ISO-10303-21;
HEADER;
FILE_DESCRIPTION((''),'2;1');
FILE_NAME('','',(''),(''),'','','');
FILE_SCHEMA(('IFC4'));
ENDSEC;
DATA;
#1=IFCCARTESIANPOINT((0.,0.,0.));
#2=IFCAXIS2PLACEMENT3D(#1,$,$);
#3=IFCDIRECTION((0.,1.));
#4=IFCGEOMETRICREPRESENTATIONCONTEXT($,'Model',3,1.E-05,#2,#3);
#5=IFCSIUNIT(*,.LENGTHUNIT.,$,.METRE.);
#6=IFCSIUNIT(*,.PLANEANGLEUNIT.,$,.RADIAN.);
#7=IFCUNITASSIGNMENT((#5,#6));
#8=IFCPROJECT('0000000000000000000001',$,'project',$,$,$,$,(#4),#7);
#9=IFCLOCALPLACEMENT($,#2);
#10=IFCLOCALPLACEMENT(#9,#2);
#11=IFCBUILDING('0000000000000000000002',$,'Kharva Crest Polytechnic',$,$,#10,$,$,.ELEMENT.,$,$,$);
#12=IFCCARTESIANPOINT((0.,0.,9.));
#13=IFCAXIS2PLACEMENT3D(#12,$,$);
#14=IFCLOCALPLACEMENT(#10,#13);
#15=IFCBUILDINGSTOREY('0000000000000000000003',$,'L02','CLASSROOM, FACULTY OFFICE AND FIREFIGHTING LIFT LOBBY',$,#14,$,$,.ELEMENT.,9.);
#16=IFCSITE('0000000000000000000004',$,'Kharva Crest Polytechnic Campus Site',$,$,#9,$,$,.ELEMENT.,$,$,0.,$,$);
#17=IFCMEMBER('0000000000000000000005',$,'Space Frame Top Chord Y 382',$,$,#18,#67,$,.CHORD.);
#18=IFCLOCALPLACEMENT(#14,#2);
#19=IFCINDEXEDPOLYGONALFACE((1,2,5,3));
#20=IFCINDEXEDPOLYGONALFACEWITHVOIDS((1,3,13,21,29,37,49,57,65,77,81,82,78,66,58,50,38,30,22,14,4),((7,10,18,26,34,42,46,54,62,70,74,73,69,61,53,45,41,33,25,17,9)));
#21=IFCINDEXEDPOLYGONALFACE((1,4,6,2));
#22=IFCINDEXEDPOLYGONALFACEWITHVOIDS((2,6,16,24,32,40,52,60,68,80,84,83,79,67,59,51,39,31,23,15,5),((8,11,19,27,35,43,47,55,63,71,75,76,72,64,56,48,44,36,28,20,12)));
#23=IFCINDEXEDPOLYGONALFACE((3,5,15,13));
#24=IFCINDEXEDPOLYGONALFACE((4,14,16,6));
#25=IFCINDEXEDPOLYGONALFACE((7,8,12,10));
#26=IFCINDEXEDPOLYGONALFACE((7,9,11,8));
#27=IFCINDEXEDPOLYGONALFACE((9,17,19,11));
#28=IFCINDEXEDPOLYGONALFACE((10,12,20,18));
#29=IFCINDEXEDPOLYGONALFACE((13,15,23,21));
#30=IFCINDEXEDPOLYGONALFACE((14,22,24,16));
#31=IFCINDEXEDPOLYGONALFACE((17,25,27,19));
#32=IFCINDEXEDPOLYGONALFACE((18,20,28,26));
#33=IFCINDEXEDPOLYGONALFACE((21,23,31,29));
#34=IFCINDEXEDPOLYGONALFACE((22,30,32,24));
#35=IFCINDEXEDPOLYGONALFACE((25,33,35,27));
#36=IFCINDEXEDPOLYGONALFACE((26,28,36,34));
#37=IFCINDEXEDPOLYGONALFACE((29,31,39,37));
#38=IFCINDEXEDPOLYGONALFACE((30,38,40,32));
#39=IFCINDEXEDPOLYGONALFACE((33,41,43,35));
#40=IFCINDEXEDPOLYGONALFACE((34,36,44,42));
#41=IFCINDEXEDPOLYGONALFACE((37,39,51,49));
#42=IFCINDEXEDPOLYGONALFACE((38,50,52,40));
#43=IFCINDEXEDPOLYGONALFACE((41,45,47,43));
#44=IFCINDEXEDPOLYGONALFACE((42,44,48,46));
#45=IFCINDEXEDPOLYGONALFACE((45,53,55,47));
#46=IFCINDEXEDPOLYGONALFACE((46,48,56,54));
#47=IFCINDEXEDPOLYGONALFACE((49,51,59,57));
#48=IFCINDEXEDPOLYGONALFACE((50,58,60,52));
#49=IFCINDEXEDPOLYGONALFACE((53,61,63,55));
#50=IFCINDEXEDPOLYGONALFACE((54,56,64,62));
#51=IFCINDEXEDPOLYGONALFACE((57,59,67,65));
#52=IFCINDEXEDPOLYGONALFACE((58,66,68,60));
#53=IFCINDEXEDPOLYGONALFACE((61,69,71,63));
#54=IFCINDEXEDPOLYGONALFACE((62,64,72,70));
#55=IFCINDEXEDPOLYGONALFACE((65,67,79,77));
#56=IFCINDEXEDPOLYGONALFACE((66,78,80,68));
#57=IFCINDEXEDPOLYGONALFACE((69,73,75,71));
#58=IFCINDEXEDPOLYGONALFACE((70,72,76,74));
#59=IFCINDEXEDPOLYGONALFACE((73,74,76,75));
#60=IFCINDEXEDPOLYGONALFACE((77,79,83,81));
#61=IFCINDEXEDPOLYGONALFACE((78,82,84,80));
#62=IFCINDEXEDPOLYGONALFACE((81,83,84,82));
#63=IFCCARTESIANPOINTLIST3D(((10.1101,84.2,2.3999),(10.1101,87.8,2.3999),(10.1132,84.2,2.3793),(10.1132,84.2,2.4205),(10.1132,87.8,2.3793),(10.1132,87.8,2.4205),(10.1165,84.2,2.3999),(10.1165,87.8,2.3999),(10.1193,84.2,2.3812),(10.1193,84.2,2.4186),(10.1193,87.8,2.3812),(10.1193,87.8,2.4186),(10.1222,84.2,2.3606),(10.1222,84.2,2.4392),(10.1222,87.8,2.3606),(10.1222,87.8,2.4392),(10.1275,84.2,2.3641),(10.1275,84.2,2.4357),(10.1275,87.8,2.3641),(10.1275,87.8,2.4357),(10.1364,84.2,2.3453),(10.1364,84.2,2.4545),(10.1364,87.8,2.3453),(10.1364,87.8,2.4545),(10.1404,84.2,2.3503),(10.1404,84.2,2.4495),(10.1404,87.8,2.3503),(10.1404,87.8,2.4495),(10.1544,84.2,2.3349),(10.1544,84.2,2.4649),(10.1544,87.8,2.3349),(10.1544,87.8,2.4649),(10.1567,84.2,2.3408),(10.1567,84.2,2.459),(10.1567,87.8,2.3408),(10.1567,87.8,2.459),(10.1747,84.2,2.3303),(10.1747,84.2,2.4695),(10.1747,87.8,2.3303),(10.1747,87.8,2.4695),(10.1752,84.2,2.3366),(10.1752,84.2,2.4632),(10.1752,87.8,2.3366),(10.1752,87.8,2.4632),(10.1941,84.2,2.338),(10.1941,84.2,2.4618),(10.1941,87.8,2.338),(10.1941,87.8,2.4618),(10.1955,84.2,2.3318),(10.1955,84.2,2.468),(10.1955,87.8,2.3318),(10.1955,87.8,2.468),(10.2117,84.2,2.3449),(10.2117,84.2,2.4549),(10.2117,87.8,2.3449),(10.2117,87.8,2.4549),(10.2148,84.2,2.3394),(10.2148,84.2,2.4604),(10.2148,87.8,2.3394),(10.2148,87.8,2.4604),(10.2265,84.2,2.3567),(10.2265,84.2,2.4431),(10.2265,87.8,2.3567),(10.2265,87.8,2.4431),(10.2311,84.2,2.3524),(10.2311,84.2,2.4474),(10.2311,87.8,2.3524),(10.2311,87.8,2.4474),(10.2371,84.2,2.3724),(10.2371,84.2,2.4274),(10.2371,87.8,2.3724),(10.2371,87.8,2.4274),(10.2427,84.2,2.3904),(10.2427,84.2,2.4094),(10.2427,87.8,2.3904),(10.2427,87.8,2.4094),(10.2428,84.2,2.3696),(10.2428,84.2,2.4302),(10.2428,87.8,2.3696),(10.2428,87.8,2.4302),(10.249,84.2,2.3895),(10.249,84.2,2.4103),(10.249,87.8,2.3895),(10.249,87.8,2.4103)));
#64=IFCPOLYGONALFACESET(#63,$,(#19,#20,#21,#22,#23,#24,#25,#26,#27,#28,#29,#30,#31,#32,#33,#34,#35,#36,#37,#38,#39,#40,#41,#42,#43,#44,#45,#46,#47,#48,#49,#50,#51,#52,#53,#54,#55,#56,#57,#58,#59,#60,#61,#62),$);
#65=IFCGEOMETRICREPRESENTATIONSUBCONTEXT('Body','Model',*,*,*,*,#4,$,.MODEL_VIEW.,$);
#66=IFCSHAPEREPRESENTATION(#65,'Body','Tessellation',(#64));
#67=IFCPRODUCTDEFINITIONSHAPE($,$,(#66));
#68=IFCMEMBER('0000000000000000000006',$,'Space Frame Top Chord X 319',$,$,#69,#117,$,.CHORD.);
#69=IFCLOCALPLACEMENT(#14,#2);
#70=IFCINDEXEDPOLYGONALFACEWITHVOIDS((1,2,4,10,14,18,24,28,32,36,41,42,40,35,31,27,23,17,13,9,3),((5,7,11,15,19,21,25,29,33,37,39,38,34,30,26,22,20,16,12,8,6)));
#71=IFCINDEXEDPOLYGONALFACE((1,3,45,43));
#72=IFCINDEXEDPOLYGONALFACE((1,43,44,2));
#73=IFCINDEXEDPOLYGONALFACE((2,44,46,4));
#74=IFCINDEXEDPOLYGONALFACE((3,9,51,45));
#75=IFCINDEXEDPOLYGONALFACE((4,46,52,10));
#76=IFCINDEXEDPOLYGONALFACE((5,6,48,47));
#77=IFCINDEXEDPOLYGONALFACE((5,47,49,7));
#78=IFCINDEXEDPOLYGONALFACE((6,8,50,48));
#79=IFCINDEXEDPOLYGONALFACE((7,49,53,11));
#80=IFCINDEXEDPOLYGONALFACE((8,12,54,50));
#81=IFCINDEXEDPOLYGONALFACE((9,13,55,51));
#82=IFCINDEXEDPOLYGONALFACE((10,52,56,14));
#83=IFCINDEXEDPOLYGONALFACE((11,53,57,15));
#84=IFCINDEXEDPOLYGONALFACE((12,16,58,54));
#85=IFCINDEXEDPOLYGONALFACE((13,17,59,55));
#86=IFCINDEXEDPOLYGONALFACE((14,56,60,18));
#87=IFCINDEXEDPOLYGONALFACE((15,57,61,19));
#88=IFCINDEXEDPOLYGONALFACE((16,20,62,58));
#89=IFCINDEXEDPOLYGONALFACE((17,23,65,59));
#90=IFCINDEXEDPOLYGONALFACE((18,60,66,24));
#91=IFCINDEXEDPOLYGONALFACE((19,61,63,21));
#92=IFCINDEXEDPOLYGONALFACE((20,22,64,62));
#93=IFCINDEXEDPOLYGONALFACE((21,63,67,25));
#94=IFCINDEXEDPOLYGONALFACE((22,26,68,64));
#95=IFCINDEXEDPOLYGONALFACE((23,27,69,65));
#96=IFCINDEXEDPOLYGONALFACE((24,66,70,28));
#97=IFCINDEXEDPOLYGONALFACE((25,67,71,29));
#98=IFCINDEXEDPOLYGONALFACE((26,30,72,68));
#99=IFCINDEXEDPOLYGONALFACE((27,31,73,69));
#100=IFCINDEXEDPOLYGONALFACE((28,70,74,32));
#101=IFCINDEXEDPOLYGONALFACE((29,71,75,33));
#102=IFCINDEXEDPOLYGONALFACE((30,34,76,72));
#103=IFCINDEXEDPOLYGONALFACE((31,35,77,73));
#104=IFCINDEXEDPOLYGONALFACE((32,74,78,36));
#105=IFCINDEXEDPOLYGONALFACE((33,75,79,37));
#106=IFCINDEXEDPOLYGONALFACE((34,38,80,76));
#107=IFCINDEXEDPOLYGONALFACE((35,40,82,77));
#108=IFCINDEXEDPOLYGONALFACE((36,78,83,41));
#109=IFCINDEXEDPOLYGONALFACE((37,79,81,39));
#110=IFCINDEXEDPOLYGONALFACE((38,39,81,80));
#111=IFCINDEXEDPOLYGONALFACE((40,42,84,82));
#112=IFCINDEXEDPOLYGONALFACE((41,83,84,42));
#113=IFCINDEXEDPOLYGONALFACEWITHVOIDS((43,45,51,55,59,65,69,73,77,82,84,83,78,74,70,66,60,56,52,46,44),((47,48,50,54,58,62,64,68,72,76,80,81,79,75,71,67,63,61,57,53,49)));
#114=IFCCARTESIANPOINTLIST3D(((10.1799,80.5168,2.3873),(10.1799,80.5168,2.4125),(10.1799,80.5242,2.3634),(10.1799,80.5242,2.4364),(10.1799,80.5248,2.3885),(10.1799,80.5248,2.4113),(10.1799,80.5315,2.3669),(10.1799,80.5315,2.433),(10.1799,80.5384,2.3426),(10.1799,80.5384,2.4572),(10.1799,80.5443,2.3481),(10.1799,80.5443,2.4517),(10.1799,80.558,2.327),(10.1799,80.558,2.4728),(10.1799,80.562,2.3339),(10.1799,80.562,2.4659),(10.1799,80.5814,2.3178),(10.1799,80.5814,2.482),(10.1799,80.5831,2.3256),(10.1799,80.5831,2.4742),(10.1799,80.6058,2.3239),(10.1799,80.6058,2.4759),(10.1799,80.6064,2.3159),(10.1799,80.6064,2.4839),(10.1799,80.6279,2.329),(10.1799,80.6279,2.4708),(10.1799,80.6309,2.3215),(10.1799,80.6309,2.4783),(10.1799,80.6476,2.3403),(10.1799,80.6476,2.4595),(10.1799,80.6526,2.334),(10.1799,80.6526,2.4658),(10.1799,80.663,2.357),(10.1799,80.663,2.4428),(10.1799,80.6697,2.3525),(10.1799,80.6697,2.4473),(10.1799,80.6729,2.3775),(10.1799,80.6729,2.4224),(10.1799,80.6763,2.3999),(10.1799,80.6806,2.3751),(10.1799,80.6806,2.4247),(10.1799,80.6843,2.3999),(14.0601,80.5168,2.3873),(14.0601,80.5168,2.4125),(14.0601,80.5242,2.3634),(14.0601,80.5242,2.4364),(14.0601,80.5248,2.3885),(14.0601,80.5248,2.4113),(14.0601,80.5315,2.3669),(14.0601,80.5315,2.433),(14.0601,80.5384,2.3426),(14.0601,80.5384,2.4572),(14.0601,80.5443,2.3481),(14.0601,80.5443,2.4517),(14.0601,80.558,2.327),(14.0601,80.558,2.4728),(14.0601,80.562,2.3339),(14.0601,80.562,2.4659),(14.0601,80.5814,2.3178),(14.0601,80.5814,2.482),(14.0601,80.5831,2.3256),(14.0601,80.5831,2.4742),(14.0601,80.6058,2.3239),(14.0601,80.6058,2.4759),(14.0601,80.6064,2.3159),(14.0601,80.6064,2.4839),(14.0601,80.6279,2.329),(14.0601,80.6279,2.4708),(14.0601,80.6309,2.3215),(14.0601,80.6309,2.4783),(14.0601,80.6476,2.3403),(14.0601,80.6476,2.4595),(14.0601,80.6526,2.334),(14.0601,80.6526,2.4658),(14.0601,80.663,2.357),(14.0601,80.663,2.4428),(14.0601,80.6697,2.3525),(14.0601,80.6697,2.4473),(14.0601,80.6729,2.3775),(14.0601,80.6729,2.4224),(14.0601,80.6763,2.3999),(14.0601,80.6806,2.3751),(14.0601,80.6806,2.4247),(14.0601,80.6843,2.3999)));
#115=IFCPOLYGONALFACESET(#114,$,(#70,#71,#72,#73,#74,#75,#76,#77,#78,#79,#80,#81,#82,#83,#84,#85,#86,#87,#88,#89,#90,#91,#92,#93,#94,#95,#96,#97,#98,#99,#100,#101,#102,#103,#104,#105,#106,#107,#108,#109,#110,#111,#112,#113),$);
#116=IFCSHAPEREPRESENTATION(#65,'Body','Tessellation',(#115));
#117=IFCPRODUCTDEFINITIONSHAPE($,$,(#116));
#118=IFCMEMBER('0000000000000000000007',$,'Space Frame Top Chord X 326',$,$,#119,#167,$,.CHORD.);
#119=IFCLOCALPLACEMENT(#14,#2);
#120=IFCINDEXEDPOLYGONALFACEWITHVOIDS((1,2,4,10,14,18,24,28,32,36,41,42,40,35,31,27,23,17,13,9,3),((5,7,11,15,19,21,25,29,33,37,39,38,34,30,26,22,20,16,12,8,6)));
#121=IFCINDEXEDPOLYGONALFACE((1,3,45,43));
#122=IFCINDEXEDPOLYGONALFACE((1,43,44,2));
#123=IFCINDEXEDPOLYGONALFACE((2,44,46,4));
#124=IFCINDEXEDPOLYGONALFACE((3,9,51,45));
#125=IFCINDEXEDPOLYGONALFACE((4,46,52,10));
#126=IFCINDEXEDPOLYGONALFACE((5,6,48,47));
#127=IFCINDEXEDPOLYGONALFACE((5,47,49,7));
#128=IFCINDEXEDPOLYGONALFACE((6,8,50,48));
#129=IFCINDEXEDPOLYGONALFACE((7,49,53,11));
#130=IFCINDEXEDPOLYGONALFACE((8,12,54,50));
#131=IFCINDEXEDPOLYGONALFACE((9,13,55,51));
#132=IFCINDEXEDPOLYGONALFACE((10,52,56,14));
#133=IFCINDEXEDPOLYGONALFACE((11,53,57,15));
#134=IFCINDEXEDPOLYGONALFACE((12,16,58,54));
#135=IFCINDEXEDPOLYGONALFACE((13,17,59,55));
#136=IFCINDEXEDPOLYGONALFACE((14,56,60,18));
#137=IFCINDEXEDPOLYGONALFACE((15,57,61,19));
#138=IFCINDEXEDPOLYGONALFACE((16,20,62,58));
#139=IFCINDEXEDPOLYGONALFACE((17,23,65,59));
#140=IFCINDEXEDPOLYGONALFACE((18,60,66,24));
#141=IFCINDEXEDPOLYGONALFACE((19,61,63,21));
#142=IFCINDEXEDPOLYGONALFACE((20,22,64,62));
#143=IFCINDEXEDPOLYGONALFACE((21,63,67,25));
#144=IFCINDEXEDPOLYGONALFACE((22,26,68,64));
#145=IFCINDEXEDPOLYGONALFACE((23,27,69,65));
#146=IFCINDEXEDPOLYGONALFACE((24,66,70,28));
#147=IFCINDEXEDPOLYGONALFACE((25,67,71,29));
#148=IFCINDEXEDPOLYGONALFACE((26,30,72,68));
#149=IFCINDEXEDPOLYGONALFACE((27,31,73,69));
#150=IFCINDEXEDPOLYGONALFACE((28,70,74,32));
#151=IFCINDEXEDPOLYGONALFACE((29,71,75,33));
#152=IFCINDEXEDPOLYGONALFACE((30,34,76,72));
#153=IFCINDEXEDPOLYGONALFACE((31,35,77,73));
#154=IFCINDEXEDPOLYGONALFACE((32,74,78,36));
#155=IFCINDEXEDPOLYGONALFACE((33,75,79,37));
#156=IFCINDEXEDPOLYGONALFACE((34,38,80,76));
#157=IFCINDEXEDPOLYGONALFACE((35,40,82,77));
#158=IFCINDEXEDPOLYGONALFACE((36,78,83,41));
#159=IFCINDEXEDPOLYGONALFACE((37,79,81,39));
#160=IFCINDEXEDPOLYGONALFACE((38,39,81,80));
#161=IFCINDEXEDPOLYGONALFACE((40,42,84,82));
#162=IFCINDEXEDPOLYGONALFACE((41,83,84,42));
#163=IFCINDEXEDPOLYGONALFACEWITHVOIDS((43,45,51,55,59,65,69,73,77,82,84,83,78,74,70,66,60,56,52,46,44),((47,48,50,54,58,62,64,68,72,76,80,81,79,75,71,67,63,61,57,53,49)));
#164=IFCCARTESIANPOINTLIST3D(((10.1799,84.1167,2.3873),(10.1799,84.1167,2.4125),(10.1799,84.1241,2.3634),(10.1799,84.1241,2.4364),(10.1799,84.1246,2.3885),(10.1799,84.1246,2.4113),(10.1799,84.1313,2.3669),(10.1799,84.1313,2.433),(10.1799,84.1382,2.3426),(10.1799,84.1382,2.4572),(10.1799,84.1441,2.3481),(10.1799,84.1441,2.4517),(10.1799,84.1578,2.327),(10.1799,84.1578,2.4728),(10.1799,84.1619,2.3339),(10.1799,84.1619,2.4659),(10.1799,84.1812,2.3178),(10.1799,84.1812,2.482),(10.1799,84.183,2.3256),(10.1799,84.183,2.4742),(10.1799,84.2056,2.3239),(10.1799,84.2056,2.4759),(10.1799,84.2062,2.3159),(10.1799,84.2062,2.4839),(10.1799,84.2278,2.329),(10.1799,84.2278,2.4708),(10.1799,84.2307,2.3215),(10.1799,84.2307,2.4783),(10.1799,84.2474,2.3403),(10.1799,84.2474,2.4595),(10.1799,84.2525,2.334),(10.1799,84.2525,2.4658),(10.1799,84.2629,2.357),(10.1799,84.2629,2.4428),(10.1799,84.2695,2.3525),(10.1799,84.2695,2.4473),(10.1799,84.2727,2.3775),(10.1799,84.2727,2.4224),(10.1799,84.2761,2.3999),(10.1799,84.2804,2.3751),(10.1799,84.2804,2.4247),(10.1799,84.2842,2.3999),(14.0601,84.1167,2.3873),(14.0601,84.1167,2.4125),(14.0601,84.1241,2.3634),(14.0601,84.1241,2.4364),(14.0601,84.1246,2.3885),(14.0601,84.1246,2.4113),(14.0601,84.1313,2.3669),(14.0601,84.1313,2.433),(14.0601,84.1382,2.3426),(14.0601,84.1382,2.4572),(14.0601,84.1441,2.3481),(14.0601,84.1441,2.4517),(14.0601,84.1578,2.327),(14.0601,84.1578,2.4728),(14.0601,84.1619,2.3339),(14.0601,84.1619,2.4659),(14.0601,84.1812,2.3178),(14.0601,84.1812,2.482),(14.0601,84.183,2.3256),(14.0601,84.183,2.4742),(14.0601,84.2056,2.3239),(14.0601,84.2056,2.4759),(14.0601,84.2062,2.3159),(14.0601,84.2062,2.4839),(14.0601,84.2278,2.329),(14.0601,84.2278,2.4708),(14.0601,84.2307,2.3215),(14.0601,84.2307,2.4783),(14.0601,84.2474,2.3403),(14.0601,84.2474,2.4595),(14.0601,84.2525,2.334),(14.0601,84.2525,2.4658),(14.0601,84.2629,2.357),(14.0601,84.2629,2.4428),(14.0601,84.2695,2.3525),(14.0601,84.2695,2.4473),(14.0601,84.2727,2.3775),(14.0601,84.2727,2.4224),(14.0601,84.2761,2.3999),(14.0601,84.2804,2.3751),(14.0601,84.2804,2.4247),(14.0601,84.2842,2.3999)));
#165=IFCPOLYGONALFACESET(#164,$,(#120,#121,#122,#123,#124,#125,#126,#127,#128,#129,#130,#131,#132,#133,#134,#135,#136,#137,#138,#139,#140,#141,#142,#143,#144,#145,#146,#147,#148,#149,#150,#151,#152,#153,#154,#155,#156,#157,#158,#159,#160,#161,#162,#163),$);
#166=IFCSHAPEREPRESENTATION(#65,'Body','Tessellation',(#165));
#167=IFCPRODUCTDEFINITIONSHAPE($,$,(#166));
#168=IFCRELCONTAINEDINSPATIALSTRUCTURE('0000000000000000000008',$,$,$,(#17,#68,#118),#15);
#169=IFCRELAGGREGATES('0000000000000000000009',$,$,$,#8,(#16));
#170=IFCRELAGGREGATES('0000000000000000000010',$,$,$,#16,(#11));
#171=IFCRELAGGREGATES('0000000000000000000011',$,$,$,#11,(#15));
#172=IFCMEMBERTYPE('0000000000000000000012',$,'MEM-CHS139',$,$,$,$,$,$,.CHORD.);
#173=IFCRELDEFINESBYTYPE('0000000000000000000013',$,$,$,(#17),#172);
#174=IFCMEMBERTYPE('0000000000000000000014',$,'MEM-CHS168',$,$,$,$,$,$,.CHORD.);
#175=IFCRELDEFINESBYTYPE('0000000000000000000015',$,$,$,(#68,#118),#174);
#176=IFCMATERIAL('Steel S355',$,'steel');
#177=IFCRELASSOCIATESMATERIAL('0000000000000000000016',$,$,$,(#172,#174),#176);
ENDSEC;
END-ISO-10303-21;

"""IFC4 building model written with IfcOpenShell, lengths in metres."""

from ifc_helpers import new_model, si_unit, direction, frame, origin, origin_2d, place, context, subcontext, project, spatial, hollow_circle, extrude, material, material_profile, profile_set, type_object, element, save


model = new_model("IFC4")

# Units and contexts
model_context = context("Model", 3, precision=1e-05, world=origin(), true_north=direction((0.0, 1.0)))
body_context = subcontext(model_context, "Body", "Model", "MODEL_VIEW")
ifc_project = project(units=[si_unit("LENGTHUNIT", "METRE"), si_unit("PLANEANGLEUNIT", "RADIAN")], contexts=[model_context])

# Site, building, storey
site_placement = place(None, origin())
site = spatial("IfcSite", under=ifc_project, at=site_placement, Name="Kharva Crest Polytechnic Campus Site", CompositionType="ELEMENT", RefElevation=0.0)
building_placement = place(site_placement, origin())
building = spatial("IfcBuilding", under=site, at=building_placement, Name="Kharva Crest Polytechnic", CompositionType="ELEMENT")
storey_placement = place(building_placement, frame((0.0, 0.0, 9.0)))
storey = spatial("IfcBuildingStorey", under=building, at=storey_placement, Name="L02", Description="CLASSROOM, FACULTY OFFICE AND FIREFIGHTING LIFT LOBBY", CompositionType="ELEMENT", Elevation=9.0)

# Shared definitions
ifc_material_1 = material(Name="Steel S355", Category="steel")

# Members
ifc_material_profile_1 = material_profile(ifc_material_1, hollow_circle(Radius=0.0698, WallThickness=0.0063, at=origin_2d()), Name="CHS 139.7X6.3")
ifc_profile_set_1 = profile_set([ifc_material_profile_1], Name="Steel S355")
member_type_1 = type_object("IfcMemberType", Name="MEM-CHS139", PredefinedType="CHORD", material=ifc_profile_set_1)
member_1_placement = place(storey_placement, frame((10.1799, 84.2, 2.3999), z_axis=(0.0, 1.0, 0.0), x_axis=(-1.0, 0.0, 0.0)))
element("IfcMember", 1, at=member_1_placement, inside=storey, type_object=member_type_1, Name="Space Frame Top Chord Y 382", PredefinedType="CHORD", context=body_context, shape_type="SweptSolid", body=[
    extrude(hollow_circle(Radius=0.0698, WallThickness=0.0063, at=origin_2d()), origin(), (0.0, 0.0, 1.0), 3.6001),
])
ifc_material_profile_2 = material_profile(ifc_material_1, hollow_circle(Radius=0.0842, WallThickness=0.0081, at=origin_2d()), Name="CHS 168.3X8.0")
ifc_profile_set_2 = profile_set([ifc_material_profile_2], Name="Steel S355")
member_type_2 = type_object("IfcMemberType", Name="MEM-CHS168", PredefinedType="CHORD", material=ifc_profile_set_2)
for number, where, z_axis, x_axis, name in (
    (2, (10.1799, 80.6001, 2.3999), (1.0, 0.0, 0.0), (0.0, 1.0, 0.0), "Space Frame Top Chord X 319"),
    (3, (10.1799, 84.2, 2.3999), (1.0, 0.0, 0.0), (0.0, 1.0, 0.0), "Space Frame Top Chord X 326"),
):
    element("IfcMember", number, at=place(storey_placement, frame(where, z_axis=z_axis, x_axis=x_axis)), inside=storey, type_object=member_type_2, Name=name, PredefinedType="CHORD", context=body_context, shape_type="SweptSolid", body=[
        extrude(hollow_circle(Radius=0.0842, WallThickness=0.0081, at=origin_2d()), origin(), (0.0, 0.0, 1.0), 3.8801),
    ])

save(model, "model.ifc")
